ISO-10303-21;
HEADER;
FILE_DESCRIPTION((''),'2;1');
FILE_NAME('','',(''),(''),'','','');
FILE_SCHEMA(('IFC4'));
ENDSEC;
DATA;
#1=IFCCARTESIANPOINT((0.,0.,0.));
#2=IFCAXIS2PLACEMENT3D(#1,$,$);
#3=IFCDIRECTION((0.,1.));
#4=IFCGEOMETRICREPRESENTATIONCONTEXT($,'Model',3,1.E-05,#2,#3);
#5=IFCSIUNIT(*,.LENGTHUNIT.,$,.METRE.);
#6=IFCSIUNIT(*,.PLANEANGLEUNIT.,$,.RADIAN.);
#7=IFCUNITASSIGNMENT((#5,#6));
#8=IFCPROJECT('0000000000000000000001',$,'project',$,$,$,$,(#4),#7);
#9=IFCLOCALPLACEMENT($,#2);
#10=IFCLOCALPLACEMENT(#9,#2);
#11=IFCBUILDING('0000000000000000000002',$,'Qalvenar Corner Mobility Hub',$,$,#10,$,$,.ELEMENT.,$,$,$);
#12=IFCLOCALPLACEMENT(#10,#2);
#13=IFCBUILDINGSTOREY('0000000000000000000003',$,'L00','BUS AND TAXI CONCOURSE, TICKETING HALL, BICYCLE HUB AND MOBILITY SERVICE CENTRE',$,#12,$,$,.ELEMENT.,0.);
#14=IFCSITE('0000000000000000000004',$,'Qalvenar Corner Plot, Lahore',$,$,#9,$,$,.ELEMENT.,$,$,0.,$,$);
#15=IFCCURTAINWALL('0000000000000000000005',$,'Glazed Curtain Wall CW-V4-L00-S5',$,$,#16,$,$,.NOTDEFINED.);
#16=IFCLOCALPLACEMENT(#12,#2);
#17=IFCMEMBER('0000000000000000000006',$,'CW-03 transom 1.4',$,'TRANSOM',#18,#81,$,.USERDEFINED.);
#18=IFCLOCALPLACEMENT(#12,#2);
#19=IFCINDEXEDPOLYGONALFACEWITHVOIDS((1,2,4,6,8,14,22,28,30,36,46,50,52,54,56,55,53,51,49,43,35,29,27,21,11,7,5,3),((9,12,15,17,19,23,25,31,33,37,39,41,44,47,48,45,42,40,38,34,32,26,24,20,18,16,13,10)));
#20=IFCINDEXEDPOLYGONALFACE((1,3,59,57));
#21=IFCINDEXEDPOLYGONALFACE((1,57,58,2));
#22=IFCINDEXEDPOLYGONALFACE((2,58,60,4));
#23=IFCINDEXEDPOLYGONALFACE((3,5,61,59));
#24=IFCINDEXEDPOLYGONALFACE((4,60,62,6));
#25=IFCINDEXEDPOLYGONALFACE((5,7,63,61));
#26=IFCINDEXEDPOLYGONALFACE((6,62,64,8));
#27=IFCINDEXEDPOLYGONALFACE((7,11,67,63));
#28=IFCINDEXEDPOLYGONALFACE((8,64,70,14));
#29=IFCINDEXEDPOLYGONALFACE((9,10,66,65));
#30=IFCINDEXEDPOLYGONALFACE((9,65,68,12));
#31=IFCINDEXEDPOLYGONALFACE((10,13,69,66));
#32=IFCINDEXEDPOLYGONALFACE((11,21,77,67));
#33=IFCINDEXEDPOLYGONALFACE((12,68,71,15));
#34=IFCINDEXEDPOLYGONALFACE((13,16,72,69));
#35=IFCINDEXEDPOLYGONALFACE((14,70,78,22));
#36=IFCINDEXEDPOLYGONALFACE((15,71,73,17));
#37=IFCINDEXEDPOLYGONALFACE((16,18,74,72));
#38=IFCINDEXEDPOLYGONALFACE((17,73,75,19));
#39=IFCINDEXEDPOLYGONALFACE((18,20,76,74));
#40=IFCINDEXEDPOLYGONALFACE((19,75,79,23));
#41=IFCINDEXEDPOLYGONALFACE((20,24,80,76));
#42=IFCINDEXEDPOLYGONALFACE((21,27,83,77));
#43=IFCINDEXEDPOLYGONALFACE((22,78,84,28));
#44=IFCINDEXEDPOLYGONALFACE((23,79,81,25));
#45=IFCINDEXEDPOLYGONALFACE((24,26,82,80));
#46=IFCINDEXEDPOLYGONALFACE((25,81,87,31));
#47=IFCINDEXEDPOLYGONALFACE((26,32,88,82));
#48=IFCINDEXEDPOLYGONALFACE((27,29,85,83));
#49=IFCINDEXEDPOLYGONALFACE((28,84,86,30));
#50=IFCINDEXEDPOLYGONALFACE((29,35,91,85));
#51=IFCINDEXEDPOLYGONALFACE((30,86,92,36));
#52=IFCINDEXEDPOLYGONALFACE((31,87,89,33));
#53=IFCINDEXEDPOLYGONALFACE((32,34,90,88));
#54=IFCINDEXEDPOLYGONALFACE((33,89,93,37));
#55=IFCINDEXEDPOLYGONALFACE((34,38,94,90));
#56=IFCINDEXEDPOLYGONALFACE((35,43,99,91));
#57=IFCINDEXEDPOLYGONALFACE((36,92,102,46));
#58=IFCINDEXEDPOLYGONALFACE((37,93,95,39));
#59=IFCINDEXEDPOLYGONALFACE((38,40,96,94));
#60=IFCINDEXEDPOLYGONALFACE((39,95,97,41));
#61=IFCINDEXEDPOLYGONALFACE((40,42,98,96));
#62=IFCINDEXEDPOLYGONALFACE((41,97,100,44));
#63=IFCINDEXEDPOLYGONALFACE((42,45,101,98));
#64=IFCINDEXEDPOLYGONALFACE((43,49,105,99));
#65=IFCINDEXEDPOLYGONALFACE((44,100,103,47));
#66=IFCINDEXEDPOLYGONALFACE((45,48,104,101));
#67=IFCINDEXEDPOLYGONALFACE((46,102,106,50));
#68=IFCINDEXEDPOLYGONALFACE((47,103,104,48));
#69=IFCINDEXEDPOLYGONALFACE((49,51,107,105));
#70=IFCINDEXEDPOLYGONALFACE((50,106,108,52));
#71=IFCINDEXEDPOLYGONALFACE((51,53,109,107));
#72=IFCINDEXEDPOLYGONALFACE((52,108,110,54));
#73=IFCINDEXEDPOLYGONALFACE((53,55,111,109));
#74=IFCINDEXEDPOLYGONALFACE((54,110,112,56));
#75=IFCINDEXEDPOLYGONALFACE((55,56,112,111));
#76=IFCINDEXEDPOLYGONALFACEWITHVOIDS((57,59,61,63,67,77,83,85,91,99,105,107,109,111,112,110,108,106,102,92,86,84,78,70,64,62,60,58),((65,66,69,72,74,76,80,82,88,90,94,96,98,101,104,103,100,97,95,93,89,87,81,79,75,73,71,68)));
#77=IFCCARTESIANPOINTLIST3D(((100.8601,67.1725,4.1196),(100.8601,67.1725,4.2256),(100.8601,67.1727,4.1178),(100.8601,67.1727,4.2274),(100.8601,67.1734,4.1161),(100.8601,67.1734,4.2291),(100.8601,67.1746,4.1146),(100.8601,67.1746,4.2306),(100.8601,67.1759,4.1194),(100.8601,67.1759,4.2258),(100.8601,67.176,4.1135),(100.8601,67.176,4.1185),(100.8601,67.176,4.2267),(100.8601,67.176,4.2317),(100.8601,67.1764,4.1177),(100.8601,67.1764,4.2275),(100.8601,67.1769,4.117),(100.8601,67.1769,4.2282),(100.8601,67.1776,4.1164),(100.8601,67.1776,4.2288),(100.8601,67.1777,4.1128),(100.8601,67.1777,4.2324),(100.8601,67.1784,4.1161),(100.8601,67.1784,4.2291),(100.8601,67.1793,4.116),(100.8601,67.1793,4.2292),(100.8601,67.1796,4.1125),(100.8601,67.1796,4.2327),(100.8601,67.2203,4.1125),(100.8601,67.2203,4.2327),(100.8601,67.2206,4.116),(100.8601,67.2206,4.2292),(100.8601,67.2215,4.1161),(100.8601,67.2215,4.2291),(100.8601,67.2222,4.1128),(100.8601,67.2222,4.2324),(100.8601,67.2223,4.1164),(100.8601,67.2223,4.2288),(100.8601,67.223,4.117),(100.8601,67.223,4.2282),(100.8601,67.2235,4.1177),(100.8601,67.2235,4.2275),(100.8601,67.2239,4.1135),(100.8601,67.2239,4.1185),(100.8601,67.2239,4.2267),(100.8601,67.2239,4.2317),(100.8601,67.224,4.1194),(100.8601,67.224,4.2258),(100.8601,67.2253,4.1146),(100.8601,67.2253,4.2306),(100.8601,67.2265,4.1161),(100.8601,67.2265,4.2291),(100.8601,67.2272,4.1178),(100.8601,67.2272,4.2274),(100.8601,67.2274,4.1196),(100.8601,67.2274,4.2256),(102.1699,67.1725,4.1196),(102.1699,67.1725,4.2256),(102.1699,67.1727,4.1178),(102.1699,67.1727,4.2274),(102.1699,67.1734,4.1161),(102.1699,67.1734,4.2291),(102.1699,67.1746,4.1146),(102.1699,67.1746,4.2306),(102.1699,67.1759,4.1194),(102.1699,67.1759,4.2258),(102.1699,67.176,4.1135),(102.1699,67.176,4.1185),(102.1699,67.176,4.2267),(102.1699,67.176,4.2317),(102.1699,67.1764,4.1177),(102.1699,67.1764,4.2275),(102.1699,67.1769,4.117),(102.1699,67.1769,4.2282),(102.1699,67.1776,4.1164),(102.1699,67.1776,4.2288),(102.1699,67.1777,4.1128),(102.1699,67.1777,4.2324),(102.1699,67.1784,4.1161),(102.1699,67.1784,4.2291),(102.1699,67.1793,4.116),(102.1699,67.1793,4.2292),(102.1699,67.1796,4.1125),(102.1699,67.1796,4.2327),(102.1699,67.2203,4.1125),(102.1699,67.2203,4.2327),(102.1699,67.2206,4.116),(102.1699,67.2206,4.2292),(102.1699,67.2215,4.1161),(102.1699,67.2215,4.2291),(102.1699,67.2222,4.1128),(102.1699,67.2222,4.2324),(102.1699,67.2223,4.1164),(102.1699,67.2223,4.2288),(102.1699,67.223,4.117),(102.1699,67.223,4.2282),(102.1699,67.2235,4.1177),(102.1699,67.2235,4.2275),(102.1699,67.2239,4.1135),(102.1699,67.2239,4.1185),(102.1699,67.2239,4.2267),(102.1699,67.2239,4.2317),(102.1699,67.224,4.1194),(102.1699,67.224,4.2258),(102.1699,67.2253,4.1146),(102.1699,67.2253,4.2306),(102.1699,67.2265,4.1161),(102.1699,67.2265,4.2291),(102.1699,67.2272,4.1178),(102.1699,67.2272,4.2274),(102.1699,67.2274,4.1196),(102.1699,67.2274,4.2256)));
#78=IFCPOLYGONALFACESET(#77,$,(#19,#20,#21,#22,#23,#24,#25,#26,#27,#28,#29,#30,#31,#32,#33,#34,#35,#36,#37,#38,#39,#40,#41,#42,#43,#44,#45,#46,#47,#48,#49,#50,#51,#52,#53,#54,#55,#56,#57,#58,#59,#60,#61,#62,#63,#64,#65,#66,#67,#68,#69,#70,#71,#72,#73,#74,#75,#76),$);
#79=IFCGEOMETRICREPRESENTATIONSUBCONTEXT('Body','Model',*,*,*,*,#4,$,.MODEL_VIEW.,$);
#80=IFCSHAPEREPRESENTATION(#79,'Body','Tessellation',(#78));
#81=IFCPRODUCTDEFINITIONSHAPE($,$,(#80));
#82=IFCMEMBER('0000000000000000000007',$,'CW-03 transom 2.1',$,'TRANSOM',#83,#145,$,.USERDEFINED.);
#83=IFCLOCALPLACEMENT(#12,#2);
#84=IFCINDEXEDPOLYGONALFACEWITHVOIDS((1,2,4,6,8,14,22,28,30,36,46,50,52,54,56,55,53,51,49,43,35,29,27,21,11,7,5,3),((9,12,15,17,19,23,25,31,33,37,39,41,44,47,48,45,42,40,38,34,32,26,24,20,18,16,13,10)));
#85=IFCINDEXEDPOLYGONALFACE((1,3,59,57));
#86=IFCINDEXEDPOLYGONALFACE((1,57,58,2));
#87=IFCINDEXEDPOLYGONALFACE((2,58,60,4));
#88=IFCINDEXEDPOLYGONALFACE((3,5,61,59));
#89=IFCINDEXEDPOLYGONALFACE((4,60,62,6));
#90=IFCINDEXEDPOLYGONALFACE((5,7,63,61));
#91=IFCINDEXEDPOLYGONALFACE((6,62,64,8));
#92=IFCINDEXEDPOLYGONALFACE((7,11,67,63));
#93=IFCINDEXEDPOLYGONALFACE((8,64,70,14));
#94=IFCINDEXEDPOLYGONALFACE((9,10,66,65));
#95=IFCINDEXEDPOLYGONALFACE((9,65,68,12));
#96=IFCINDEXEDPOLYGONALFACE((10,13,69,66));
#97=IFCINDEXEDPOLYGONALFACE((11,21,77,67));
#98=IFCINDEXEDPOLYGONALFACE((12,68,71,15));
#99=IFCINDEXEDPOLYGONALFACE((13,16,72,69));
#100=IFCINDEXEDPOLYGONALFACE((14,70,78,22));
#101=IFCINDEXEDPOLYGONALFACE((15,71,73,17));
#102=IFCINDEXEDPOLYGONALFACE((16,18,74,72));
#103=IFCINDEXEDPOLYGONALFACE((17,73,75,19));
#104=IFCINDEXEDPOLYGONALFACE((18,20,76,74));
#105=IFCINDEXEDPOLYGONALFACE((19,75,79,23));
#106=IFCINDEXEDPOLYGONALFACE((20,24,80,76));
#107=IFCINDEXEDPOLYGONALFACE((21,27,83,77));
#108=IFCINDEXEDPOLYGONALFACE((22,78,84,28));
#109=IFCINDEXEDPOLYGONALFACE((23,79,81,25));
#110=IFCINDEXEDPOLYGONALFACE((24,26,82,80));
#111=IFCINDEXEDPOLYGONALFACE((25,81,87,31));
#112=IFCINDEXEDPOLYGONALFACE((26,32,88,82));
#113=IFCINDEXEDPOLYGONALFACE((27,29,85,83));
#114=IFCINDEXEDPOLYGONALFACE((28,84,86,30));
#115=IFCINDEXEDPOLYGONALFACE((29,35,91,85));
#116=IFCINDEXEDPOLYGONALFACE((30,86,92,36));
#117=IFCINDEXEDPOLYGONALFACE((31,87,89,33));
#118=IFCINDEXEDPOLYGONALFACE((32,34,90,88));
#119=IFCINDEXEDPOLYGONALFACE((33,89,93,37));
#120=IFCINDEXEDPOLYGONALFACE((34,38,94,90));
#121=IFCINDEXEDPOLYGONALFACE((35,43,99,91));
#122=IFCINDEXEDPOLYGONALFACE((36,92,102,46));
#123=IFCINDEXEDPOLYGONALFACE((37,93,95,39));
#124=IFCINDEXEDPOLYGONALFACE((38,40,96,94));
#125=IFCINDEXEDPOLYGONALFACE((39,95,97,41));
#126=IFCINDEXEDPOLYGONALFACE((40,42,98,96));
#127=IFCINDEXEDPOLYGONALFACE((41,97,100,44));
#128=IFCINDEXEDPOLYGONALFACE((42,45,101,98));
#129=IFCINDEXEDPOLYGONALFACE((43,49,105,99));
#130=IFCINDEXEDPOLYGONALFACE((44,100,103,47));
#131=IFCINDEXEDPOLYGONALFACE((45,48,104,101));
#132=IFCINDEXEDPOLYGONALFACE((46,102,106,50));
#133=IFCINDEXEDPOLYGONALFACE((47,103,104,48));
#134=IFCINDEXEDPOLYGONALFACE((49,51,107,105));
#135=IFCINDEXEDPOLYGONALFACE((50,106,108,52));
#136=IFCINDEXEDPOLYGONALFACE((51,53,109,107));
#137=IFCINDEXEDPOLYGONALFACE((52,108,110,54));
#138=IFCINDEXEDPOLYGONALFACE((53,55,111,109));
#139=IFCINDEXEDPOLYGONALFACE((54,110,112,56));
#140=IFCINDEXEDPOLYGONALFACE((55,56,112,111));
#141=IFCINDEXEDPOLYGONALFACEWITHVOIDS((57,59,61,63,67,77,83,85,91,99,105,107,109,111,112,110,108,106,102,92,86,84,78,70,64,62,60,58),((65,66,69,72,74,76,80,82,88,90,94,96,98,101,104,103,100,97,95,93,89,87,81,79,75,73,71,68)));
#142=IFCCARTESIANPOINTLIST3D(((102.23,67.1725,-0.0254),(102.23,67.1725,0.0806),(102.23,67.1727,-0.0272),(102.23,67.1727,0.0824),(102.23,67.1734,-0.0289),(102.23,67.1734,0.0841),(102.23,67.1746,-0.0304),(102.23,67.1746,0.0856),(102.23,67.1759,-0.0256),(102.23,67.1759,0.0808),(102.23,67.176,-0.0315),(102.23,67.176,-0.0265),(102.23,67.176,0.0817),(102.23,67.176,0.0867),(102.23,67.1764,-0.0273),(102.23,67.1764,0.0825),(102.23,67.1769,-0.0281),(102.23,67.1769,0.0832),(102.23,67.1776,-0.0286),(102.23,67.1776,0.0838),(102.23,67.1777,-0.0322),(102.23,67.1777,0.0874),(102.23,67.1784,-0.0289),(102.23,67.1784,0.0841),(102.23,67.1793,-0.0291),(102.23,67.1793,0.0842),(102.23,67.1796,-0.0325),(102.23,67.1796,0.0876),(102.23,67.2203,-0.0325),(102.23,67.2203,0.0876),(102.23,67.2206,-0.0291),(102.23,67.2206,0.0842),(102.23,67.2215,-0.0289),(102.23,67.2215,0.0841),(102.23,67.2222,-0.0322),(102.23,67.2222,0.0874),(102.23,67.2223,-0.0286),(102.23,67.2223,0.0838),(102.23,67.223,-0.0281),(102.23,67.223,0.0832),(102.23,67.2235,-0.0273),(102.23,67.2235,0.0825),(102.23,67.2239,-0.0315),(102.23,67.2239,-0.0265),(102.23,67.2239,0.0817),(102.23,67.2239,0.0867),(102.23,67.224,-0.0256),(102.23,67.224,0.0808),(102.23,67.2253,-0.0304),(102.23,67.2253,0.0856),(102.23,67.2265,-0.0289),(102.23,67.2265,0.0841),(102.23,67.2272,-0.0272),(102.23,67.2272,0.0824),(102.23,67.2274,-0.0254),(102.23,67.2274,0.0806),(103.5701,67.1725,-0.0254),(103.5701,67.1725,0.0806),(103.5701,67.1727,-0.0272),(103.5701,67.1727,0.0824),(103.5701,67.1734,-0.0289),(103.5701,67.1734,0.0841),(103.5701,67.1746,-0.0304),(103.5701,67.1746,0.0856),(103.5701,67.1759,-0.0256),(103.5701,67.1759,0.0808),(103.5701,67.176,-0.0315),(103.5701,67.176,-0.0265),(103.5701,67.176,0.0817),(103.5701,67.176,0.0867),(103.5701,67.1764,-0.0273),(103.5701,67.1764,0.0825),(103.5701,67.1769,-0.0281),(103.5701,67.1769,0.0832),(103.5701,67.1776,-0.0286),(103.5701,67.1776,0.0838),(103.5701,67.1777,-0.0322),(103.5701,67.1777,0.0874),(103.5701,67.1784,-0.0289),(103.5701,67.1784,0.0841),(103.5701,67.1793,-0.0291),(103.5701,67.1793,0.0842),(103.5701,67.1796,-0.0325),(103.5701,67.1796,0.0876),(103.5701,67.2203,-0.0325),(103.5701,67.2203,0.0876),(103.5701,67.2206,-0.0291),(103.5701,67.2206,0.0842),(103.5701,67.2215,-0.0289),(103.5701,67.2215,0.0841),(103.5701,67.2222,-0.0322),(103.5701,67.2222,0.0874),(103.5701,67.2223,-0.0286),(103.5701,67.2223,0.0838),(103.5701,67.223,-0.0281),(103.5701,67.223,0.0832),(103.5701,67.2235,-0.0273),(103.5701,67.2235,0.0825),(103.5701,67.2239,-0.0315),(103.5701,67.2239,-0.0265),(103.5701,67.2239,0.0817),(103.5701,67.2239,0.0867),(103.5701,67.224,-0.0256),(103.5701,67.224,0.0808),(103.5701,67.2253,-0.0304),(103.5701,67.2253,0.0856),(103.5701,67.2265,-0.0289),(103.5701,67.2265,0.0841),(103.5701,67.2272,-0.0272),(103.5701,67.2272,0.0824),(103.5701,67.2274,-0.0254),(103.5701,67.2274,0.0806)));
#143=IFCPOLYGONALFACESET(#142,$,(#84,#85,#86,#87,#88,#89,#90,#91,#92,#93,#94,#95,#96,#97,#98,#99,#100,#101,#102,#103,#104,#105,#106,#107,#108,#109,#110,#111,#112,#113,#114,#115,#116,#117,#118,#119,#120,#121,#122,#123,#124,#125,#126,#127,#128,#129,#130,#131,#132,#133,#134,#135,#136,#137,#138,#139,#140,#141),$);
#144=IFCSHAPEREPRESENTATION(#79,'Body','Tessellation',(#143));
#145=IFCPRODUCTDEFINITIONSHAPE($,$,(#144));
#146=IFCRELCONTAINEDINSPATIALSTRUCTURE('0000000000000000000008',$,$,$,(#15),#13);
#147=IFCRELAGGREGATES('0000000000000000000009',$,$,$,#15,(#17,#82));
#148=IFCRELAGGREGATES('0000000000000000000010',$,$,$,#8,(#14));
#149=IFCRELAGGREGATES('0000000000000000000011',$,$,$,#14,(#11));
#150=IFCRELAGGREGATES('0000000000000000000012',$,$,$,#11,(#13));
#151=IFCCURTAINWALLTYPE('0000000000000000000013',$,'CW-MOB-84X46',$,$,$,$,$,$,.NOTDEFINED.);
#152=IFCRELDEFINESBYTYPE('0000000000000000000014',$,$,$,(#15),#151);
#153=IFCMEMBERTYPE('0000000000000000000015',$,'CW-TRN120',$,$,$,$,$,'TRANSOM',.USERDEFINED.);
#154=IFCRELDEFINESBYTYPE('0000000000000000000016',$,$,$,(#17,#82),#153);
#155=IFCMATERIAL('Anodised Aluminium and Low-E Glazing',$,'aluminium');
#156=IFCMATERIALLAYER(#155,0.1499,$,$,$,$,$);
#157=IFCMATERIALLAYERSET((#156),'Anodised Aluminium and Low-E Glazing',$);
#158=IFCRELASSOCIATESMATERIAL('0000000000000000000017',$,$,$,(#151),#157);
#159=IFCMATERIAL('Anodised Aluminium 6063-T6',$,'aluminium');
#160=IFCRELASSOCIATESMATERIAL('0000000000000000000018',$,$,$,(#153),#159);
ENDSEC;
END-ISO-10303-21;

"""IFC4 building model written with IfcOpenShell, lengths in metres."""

from ifc_helpers import new_model, si_unit, direction, frame, origin, origin_2d, place, context, subcontext, project, spatial, hollow_rectangle, extrude, material, layer, layer_set, material_profile, profile_set, type_object, element, aggregate, save


model = new_model("IFC4")

# Units and contexts
model_context = context("Model", 3, precision=1e-05, world=origin(), true_north=direction((0.0, 1.0)))
body_context = subcontext(model_context, "Body", "Model", "MODEL_VIEW")
ifc_project = project(units=[si_unit("LENGTHUNIT", "METRE"), si_unit("PLANEANGLEUNIT", "RADIAN")], contexts=[model_context])

# Site, building, storey
site_placement = place(None, origin())
site = spatial("IfcSite", under=ifc_project, at=site_placement, Name="Qalvenar Corner Plot, Lahore", CompositionType="ELEMENT", RefElevation=0.0)
building_placement = place(site_placement, origin())
building = spatial("IfcBuilding", under=site, at=building_placement, Name="Qalvenar Corner Mobility Hub", CompositionType="ELEMENT")
storey_placement = place(building_placement, origin())
storey = spatial("IfcBuildingStorey", under=building, at=storey_placement, Name="L00", Description="BUS AND TAXI CONCOURSE, TICKETING HALL, BICYCLE HUB AND MOBILITY SERVICE CENTRE", CompositionType="ELEMENT", Elevation=0.0)

# Curtain wall
ifc_material_1 = material(Name="Anodised Aluminium and Low-E Glazing", Category="aluminium")
ifc_layer_1 = layer(ifc_material_1, 0.1499)
ifc_layer_set_1 = layer_set([ifc_layer_1], Name="Anodised Aluminium and Low-E Glazing")
curtain_wall_type = type_object("IfcCurtainWallType", Name="CW-MOB-84X46", PredefinedType="NOTDEFINED", material=ifc_layer_set_1)
ifc_material_2 = material(Name="Anodised Aluminium 6063-T6", Category="aluminium")
curtain_wall_1_placement = place(storey_placement, origin())
curtain_wall_1 = element("IfcCurtainWall", 1, at=curtain_wall_1_placement, inside=storey, type_object=curtain_wall_type, Name="Glazed Curtain Wall CW-V4-L00-S5", PredefinedType="NOTDEFINED")

# Members
ifc_material_profile_1 = material_profile(ifc_material_2, hollow_rectangle(XDim=0.0549, YDim=0.1201, WallThickness=0.0034, InnerFilletRadius=0.0034, OuterFilletRadius=0.0071, at=origin_2d()), Name="RHS120x55x3.5")
ifc_profile_set_1 = profile_set([ifc_material_profile_1], Name="Anodised Aluminium 6063-T6")
member_type_1 = type_object("IfcMemberType", Name="CW-TRN120", ElementType="TRANSOM", PredefinedType="USERDEFINED", material=ifc_profile_set_1)
member_1_placement = place(storey_placement, frame((100.8601, 67.2, 4.1726), z_axis=(1.0, 0.0, 0.0), x_axis=(0.0, 1.0, 0.0)))
member_1 = element("IfcMember", 2, at=member_1_placement, type_object=member_type_1, Name="CW-03 transom 1.4", ObjectType="TRANSOM", PredefinedType="USERDEFINED", context=body_context, shape_type="SweptSolid", body=[
    extrude(hollow_rectangle(XDim=0.0549, YDim=0.1201, WallThickness=0.0034, InnerFilletRadius=0.0034, OuterFilletRadius=0.0071, at=origin_2d()), origin(), (0.0, 0.0, 1.0), 1.3098),
])
member_2_placement = place(storey_placement, frame((102.23, 67.2, 0.0276), z_axis=(1.0, 0.0, 0.0), x_axis=(0.0, 1.0, 0.0)))
member_2 = element("IfcMember", 3, at=member_2_placement, type_object=member_type_1, Name="CW-03 transom 2.1", ObjectType="TRANSOM", PredefinedType="USERDEFINED", context=body_context, shape_type="SweptSolid", body=[
    extrude(hollow_rectangle(XDim=0.0549, YDim=0.1201, WallThickness=0.0034, InnerFilletRadius=0.0034, OuterFilletRadius=0.0071, at=origin_2d()), origin(), (0.0, 0.0, 1.0), 1.3401),
])

aggregate(curtain_wall_1, [member_1, member_2])

save(model, "model.ifc")
